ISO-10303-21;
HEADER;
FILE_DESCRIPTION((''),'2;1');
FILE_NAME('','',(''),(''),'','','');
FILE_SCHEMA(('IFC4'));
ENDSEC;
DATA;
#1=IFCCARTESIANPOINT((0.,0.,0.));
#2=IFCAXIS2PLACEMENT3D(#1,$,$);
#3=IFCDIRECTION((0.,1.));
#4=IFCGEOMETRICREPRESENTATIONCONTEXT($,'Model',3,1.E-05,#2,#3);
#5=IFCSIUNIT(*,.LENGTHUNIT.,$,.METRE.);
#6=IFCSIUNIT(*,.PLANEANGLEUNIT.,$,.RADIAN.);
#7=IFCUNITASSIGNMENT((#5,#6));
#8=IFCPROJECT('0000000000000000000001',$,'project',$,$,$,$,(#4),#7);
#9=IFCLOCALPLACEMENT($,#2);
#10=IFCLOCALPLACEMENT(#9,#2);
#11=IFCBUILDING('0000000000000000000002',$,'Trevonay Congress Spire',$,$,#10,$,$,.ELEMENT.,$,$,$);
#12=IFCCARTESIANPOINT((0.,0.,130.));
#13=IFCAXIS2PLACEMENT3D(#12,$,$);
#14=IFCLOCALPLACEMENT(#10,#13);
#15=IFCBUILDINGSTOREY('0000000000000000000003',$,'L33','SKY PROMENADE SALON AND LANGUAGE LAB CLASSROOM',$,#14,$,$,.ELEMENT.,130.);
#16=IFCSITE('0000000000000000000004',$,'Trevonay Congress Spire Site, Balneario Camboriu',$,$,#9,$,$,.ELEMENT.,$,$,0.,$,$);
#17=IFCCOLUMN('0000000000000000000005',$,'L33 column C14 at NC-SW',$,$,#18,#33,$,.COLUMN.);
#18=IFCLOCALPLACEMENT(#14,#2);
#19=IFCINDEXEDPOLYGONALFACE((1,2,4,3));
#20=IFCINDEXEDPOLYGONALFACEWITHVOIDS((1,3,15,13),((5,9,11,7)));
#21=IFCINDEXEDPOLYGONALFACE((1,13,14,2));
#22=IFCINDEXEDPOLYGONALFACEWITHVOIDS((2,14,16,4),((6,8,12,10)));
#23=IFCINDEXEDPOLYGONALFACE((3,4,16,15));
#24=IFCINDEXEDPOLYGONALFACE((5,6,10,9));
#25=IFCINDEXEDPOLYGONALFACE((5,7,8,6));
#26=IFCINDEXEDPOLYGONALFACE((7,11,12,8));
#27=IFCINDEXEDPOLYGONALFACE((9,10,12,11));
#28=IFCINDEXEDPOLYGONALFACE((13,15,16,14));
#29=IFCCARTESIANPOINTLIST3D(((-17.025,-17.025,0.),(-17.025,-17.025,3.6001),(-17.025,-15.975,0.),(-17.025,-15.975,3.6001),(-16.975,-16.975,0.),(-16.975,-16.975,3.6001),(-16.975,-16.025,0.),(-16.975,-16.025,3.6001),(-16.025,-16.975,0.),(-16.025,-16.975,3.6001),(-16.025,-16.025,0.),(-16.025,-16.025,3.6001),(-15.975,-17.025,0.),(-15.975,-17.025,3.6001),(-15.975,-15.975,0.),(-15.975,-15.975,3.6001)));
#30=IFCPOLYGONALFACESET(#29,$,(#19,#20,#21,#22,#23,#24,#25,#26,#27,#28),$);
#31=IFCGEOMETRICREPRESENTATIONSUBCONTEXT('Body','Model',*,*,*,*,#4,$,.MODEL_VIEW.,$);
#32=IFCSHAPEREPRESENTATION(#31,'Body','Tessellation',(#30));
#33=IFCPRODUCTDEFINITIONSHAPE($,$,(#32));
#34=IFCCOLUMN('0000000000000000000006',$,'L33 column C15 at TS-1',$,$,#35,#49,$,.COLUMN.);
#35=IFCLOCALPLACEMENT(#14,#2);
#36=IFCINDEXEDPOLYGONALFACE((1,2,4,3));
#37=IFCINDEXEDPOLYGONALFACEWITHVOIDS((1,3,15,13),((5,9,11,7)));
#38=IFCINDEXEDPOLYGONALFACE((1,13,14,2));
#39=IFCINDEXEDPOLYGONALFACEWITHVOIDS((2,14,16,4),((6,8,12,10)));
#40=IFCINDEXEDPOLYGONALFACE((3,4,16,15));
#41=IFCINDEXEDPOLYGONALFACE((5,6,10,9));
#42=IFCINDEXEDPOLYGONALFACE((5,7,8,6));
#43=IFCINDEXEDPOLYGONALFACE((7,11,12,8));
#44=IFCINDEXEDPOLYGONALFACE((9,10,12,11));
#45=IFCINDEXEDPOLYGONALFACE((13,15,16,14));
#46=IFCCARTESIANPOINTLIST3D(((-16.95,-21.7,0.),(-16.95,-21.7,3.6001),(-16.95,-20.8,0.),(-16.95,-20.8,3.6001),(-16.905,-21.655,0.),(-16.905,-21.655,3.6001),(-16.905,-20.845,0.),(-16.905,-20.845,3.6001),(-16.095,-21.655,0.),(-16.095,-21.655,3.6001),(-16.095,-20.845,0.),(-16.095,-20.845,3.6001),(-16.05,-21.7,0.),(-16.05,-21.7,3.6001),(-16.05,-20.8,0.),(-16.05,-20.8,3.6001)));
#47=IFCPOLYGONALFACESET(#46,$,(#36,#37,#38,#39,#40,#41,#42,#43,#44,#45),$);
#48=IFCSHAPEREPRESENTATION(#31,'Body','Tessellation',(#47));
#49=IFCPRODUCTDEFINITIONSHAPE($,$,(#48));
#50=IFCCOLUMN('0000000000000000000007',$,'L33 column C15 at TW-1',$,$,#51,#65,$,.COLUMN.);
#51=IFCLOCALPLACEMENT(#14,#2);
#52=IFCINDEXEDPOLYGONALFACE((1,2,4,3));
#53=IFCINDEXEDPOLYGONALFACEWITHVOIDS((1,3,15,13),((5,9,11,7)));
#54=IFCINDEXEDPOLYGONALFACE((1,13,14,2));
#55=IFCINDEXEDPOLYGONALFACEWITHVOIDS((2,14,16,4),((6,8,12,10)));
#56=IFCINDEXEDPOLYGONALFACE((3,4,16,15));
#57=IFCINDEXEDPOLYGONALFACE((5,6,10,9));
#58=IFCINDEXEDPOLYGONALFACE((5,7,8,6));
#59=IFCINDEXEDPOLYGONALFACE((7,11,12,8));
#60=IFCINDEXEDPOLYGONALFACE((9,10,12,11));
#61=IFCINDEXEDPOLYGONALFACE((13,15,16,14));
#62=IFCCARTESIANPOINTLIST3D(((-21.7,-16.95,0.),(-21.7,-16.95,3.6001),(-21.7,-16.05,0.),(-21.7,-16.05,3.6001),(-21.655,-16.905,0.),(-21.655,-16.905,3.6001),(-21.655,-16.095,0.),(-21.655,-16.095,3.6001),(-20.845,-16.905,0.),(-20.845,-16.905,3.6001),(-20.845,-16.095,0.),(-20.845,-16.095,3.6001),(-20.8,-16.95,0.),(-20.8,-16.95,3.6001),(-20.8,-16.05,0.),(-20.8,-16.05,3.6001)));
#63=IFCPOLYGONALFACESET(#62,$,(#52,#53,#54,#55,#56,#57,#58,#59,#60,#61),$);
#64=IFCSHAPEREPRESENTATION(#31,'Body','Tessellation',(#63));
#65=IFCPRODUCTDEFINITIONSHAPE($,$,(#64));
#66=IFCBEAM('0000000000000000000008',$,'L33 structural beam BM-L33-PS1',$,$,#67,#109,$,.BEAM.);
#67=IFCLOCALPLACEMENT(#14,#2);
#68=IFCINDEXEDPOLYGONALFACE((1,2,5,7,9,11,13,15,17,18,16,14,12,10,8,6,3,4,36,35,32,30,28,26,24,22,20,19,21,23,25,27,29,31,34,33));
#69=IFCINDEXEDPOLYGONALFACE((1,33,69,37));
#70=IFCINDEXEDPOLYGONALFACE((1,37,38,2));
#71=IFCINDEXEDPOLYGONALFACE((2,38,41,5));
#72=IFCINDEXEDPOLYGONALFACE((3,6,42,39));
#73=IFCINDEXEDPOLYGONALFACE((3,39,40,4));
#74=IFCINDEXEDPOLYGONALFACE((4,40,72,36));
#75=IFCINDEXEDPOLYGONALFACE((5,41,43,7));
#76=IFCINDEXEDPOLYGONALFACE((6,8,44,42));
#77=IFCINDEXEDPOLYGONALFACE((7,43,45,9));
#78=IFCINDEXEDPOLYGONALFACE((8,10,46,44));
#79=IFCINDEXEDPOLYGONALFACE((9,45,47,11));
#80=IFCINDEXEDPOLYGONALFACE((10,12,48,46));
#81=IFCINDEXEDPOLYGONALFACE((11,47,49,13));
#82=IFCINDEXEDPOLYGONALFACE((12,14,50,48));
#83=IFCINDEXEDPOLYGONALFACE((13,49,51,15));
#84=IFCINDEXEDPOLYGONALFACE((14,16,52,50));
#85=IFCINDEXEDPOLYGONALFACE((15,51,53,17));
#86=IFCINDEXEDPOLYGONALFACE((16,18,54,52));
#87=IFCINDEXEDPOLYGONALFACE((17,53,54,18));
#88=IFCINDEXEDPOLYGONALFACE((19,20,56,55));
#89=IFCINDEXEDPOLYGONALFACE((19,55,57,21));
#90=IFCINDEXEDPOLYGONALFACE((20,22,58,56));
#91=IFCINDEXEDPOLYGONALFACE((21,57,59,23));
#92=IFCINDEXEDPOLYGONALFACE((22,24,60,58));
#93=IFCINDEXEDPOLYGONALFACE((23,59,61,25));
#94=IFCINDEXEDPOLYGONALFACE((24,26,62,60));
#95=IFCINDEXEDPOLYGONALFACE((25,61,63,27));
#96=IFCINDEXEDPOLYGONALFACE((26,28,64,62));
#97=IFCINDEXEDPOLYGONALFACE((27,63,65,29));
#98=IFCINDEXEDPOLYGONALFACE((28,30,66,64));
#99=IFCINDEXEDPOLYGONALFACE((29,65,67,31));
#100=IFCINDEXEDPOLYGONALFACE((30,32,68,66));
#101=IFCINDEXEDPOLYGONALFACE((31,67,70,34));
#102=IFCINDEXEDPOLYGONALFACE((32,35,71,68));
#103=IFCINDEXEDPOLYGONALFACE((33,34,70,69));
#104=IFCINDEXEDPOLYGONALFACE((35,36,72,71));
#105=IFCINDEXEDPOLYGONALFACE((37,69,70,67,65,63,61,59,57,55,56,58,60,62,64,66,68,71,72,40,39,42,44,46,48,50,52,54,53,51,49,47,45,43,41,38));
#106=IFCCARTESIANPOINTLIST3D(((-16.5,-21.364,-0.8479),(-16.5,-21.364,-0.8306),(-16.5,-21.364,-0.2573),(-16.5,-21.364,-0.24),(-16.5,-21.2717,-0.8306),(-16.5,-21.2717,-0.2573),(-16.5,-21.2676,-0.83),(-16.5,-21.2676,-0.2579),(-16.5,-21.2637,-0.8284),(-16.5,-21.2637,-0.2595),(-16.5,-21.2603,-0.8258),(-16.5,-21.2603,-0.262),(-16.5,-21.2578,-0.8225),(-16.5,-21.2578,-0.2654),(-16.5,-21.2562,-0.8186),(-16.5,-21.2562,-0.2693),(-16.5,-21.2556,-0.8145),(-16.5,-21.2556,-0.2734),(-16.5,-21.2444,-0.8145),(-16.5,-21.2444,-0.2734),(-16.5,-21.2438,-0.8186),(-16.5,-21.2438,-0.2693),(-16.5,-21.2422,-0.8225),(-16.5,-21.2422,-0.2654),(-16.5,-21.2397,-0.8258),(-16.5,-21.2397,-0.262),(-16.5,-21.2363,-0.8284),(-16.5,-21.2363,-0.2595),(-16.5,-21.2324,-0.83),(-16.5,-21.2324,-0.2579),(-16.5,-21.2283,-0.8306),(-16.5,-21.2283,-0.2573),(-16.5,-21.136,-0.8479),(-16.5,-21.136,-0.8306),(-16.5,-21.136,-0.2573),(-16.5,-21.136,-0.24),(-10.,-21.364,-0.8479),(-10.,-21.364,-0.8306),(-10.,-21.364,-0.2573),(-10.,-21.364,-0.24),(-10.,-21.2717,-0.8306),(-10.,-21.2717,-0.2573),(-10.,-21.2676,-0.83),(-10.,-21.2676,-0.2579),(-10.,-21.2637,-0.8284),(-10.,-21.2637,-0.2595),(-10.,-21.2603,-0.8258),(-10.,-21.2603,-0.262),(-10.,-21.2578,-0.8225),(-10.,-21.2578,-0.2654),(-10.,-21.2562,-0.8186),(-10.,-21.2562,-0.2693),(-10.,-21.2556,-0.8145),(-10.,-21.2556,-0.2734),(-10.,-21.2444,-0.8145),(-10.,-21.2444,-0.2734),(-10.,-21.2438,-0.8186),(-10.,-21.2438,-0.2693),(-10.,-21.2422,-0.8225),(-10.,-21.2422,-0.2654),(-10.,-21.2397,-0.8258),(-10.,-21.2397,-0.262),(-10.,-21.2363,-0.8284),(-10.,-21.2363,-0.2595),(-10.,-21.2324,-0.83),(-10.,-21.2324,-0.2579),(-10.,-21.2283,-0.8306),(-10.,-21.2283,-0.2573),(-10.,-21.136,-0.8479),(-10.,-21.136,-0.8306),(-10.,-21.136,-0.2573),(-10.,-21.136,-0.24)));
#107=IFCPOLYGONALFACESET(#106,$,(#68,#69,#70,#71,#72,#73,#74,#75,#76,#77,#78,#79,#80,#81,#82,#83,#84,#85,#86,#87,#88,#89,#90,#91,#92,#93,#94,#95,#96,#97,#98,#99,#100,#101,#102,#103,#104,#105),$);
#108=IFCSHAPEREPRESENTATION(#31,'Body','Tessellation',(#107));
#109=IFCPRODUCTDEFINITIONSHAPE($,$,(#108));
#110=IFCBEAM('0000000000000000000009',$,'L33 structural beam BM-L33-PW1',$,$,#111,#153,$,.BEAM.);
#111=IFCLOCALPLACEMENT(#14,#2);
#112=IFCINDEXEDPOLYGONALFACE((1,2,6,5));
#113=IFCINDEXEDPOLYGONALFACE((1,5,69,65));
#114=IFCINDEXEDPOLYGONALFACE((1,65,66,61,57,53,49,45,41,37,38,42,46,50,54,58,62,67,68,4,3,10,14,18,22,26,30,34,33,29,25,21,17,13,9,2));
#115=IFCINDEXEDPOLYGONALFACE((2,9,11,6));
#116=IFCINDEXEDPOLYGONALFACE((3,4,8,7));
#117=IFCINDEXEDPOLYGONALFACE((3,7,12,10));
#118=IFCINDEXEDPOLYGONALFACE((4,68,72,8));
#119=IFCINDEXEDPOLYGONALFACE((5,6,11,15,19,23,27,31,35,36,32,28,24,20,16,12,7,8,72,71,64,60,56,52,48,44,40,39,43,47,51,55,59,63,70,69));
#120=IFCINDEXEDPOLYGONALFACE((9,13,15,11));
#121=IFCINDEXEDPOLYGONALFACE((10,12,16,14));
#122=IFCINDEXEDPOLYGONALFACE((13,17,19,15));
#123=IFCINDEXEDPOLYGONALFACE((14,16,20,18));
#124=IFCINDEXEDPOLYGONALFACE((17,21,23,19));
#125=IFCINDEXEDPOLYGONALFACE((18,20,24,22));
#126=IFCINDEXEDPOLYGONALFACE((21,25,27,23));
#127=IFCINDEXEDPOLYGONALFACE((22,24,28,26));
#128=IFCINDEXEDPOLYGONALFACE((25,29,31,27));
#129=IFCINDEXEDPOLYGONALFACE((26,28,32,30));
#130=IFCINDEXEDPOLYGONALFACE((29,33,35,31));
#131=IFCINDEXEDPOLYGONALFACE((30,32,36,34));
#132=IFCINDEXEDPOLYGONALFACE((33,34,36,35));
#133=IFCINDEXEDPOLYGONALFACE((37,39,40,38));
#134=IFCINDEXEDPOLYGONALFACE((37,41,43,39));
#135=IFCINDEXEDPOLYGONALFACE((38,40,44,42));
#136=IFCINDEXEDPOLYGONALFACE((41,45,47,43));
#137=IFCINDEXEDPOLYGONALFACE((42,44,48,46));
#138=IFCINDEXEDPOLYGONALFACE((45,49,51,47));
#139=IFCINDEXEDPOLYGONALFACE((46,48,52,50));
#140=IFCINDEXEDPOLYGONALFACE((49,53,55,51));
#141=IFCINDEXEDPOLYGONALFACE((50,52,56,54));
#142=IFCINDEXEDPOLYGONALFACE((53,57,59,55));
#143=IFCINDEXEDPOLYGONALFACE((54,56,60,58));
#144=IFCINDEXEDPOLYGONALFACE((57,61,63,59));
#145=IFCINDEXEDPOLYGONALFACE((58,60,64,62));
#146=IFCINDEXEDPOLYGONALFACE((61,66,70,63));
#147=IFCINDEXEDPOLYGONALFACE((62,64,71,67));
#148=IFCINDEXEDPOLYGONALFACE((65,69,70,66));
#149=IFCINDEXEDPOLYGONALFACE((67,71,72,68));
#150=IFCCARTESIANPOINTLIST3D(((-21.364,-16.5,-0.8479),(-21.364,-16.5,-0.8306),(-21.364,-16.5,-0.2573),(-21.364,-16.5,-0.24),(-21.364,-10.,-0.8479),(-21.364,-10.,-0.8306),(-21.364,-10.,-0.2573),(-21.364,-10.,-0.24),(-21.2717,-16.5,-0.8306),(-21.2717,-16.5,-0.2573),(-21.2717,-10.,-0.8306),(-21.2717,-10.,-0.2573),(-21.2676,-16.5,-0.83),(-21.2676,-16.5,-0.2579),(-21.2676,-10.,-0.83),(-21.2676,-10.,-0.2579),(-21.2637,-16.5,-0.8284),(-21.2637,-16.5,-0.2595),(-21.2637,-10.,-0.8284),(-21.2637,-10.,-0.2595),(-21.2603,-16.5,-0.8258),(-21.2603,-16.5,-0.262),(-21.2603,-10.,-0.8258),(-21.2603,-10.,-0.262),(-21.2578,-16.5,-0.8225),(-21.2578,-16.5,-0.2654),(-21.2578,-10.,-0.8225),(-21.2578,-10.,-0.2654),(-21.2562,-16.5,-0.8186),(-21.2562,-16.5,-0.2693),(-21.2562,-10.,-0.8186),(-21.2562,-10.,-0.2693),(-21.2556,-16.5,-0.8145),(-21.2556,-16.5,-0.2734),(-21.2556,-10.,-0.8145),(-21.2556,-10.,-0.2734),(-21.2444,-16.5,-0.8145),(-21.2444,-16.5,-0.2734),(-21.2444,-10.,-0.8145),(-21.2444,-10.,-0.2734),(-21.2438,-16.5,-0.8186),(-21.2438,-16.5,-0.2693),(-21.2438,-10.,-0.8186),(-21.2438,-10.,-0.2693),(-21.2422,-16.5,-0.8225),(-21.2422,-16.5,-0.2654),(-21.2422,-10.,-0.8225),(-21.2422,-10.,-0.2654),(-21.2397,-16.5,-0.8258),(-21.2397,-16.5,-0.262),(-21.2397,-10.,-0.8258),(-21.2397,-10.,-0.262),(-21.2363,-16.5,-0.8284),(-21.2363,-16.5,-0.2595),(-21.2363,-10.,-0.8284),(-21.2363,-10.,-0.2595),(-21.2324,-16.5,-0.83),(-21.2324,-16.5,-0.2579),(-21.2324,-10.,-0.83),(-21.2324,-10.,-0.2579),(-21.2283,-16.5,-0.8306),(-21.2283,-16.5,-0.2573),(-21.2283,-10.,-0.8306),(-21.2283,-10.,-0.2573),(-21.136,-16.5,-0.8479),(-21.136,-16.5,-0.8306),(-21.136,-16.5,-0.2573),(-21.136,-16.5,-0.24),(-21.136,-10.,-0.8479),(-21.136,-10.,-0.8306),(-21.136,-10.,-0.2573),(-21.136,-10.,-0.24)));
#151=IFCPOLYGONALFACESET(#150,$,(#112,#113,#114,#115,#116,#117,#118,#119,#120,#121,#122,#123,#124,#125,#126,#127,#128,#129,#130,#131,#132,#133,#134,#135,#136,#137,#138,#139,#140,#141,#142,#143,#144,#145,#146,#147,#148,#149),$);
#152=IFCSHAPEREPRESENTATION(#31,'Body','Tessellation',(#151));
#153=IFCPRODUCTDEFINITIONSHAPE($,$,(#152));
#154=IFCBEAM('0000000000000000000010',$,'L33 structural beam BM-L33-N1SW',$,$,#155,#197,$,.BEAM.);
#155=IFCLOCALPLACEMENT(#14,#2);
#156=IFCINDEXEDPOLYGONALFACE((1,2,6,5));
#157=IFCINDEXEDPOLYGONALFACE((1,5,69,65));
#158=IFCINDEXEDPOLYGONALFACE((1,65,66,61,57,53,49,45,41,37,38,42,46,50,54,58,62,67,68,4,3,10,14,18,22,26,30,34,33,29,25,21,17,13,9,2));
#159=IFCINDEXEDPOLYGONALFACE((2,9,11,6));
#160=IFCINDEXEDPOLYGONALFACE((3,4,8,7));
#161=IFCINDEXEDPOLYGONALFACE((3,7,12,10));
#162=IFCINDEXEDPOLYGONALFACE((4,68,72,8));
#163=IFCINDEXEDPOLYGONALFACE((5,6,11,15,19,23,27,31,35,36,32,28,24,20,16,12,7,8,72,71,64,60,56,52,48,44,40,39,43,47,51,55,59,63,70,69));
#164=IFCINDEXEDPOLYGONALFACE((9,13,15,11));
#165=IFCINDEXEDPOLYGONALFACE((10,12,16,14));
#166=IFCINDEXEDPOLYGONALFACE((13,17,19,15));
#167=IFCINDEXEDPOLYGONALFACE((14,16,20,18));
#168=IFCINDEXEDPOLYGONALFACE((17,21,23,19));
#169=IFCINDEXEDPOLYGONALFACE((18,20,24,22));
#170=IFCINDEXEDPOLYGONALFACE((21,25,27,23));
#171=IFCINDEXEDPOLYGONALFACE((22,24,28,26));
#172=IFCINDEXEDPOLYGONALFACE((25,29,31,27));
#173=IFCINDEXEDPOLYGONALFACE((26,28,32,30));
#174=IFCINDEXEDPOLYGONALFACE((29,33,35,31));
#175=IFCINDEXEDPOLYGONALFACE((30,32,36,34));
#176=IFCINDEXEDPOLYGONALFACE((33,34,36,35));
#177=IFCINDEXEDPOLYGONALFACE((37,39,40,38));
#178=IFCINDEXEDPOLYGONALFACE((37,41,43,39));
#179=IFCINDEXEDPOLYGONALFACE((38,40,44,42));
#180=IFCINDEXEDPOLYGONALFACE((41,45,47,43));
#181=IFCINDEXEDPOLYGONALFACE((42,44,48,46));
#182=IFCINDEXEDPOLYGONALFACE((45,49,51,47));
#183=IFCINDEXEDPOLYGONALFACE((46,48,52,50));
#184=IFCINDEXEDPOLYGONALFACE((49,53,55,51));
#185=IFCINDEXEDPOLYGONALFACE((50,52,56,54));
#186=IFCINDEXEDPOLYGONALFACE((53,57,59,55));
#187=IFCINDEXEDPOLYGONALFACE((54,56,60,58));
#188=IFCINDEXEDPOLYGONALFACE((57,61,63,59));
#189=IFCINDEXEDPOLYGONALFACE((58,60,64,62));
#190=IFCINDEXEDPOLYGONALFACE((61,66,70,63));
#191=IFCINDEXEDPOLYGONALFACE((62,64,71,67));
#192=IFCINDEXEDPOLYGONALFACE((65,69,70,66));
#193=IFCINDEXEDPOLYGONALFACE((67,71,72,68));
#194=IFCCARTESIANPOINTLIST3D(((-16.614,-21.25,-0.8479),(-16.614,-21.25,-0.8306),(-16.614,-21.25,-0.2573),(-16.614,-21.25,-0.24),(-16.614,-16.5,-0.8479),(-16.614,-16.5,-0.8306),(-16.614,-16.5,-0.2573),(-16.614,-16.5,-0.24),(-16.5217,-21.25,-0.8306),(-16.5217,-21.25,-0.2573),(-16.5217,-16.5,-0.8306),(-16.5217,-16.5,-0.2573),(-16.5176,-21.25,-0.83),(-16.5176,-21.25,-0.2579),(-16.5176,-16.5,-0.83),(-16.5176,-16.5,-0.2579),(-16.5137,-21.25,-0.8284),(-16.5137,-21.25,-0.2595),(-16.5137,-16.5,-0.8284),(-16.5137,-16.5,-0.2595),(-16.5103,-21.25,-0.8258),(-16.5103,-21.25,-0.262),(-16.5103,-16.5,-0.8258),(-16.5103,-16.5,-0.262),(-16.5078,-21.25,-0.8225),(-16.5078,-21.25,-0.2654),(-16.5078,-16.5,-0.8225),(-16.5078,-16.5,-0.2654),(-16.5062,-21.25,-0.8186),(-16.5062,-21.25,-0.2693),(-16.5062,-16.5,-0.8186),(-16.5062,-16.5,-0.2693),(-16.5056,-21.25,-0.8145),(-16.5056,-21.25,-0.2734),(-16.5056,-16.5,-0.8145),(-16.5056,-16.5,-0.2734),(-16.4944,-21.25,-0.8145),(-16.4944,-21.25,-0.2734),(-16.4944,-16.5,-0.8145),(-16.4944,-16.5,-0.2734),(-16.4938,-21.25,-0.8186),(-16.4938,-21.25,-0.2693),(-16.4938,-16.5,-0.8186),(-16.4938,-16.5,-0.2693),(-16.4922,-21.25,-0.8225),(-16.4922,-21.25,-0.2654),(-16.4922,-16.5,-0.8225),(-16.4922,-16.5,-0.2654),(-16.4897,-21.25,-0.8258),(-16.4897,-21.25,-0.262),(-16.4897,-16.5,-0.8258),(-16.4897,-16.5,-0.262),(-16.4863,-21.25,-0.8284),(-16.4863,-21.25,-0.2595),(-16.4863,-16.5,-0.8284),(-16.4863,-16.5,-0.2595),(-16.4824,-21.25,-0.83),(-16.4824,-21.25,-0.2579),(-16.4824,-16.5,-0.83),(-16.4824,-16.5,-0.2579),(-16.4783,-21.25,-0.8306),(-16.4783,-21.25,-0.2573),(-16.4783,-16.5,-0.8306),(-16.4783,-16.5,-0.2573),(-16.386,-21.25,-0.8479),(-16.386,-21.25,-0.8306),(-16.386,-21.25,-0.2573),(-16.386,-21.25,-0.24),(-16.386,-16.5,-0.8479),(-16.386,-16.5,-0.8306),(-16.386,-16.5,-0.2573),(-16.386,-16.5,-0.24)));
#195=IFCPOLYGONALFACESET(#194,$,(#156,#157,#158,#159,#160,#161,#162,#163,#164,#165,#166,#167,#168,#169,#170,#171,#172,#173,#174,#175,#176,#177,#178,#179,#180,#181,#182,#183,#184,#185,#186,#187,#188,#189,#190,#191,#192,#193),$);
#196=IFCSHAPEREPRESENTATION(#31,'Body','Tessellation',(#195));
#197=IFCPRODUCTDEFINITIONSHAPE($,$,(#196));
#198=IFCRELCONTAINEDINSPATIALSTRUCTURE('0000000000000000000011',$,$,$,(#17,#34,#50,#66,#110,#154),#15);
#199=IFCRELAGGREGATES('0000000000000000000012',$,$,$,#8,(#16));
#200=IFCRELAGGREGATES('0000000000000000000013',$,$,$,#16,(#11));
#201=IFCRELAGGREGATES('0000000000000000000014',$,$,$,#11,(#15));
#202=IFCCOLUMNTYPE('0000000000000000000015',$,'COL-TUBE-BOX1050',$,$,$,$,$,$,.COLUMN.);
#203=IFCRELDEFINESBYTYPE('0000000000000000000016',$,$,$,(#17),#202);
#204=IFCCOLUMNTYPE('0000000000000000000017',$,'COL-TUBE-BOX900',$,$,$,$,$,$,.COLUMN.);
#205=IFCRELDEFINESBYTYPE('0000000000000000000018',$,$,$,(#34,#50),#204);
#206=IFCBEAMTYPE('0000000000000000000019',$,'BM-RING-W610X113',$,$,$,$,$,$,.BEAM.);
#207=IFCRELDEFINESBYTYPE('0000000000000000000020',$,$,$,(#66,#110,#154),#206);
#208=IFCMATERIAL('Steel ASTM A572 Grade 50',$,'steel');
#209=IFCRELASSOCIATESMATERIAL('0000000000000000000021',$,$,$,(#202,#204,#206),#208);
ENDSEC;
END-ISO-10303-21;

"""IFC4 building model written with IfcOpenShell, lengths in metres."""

from ifc_helpers import new_model, si_unit, direction, frame, origin, origin_2d, place, context, subcontext, project, spatial, hollow_rectangle, i_section, extrude, material, material_profile, profile_set, type_object, element, save


model = new_model("IFC4")

# Units and contexts
model_context = context("Model", 3, precision=1e-05, world=origin(), true_north=direction((0.0, 1.0)))
body_context = subcontext(model_context, "Body", "Model", "MODEL_VIEW")
ifc_project = project(units=[si_unit("LENGTHUNIT", "METRE"), si_unit("PLANEANGLEUNIT", "RADIAN")], contexts=[model_context])

# Site, building, storey
site_placement = place(None, origin())
site = spatial("IfcSite", under=ifc_project, at=site_placement, Name="Trevonay Congress Spire Site, Balneario Camboriu", CompositionType="ELEMENT", RefElevation=0.0)
building_placement = place(site_placement, origin())
building = spatial("IfcBuilding", under=site, at=building_placement, Name="Trevonay Congress Spire", CompositionType="ELEMENT")
storey_placement = place(building_placement, frame((0.0, 0.0, 130.0)))
storey = spatial("IfcBuildingStorey", under=building, at=storey_placement, Name="L33", Description="SKY PROMENADE SALON AND LANGUAGE LAB CLASSROOM", CompositionType="ELEMENT", Elevation=130.0)

# Columns
ifc_material_1 = material(Name="Steel ASTM A572 Grade 50", Category="steel")
ifc_material_profile_1 = material_profile(ifc_material_1, hollow_rectangle(XDim=1.05, YDim=1.05, WallThickness=0.05, at=origin_2d()), Name="BOX 1050x1050x50")
ifc_profile_set_1 = profile_set([ifc_material_profile_1], Name="Steel ASTM A572 Grade 50")
column_type_1 = type_object("IfcColumnType", Name="COL-TUBE-BOX1050", PredefinedType="COLUMN", material=ifc_profile_set_1)
column_placement = place(storey_placement, frame((-16.5, -16.5, 0.0), z_axis=(0.0, 0.0, 1.0), x_axis=(1.0, 0.0, 0.0)))
element("IfcColumn", 1, at=column_placement, inside=storey, type_object=column_type_1, Name="L33 column C14 at NC-SW", PredefinedType="COLUMN", context=body_context, shape_type="SweptSolid", body=[
    extrude(hollow_rectangle(XDim=1.05, YDim=1.05, WallThickness=0.05, at=origin_2d()), origin(), (0.0, 0.0, 1.0), 3.6001),
])
ifc_material_profile_2 = material_profile(ifc_material_1, hollow_rectangle(XDim=0.8999, YDim=0.8999, WallThickness=0.0449, at=origin_2d()), Name="BOX 900x900x45")
ifc_profile_set_2 = profile_set([ifc_material_profile_2], Name="Steel ASTM A572 Grade 50")
column_type_2 = type_object("IfcColumnType", Name="COL-TUBE-BOX900", PredefinedType="COLUMN", material=ifc_profile_set_2)
for number, where, z_axis, x_axis, name in (
    (2, (-16.5, -21.25, 0.0), (0.0, 0.0, 1.0), (1.0, 0.0, 0.0), "L33 column C15 at TS-1"),
    (3, (-21.25, -16.5, 0.0), (0.0, 0.0, 1.0), (1.0, 0.0, 0.0), "L33 column C15 at TW-1"),
):
    element("IfcColumn", number, at=place(storey_placement, frame(where, z_axis=z_axis, x_axis=x_axis)), inside=storey, type_object=column_type_2, Name=name, PredefinedType="COLUMN", context=body_context, shape_type="SweptSolid", body=[
        extrude(hollow_rectangle(XDim=0.8999, YDim=0.8999, WallThickness=0.0449, at=origin_2d()), origin(), (0.0, 0.0, 1.0), 3.6001),
    ])

# Beams
ifc_material_profile_3 = material_profile(ifc_material_1, i_section(OverallWidth=0.228, OverallDepth=0.6079, WebThickness=0.0112, FlangeThickness=0.0173, FilletRadius=0.0161, at=origin_2d()), Name="W610x113")
ifc_profile_set_3 = profile_set([ifc_material_profile_3], Name="Steel ASTM A572 Grade 50")
beam_type_1 = type_object("IfcBeamType", Name="BM-RING-W610X113", PredefinedType="BEAM", material=ifc_profile_set_3)
for number, where, z_axis, x_axis, name in (
    (4, (-16.5, -21.25, -0.5439), (1.0, 0.0, 0.0), (0.0, 1.0, 0.0), "L33 structural beam BM-L33-PS1"),
    (5, (-21.25, -16.5, -0.5439), (0.0, 1.0, 0.0), (-1.0, 0.0, 0.0), "L33 structural beam BM-L33-PW1"),
):
    element("IfcBeam", number, at=place(storey_placement, frame(where, z_axis=z_axis, x_axis=x_axis)), inside=storey, type_object=beam_type_1, Name=name, PredefinedType="BEAM", context=body_context, shape_type="SweptSolid", body=[
        extrude(i_section(OverallWidth=0.228, OverallDepth=0.6079, WebThickness=0.0112, FlangeThickness=0.0173, FilletRadius=0.0161, at=origin_2d()), origin(), (0.0, 0.0, 1.0), 6.5),
    ])
for number, where, z_axis, x_axis, name in (
    (6, (-16.5, -21.25, -0.5439), (0.0, 1.0, 0.0), (-1.0, 0.0, 0.0), "L33 structural beam BM-L33-N1SW"),
):
    element("IfcBeam", number, at=place(storey_placement, frame(where, z_axis=z_axis, x_axis=x_axis)), inside=storey, type_object=beam_type_1, Name=name, PredefinedType="BEAM", context=body_context, shape_type="SweptSolid", body=[
        extrude(i_section(OverallWidth=0.228, OverallDepth=0.6079, WebThickness=0.0112, FlangeThickness=0.0173, FilletRadius=0.0161, at=origin_2d()), origin(), (0.0, 0.0, 1.0), 4.75),
    ])

save(model, "model.ifc")
